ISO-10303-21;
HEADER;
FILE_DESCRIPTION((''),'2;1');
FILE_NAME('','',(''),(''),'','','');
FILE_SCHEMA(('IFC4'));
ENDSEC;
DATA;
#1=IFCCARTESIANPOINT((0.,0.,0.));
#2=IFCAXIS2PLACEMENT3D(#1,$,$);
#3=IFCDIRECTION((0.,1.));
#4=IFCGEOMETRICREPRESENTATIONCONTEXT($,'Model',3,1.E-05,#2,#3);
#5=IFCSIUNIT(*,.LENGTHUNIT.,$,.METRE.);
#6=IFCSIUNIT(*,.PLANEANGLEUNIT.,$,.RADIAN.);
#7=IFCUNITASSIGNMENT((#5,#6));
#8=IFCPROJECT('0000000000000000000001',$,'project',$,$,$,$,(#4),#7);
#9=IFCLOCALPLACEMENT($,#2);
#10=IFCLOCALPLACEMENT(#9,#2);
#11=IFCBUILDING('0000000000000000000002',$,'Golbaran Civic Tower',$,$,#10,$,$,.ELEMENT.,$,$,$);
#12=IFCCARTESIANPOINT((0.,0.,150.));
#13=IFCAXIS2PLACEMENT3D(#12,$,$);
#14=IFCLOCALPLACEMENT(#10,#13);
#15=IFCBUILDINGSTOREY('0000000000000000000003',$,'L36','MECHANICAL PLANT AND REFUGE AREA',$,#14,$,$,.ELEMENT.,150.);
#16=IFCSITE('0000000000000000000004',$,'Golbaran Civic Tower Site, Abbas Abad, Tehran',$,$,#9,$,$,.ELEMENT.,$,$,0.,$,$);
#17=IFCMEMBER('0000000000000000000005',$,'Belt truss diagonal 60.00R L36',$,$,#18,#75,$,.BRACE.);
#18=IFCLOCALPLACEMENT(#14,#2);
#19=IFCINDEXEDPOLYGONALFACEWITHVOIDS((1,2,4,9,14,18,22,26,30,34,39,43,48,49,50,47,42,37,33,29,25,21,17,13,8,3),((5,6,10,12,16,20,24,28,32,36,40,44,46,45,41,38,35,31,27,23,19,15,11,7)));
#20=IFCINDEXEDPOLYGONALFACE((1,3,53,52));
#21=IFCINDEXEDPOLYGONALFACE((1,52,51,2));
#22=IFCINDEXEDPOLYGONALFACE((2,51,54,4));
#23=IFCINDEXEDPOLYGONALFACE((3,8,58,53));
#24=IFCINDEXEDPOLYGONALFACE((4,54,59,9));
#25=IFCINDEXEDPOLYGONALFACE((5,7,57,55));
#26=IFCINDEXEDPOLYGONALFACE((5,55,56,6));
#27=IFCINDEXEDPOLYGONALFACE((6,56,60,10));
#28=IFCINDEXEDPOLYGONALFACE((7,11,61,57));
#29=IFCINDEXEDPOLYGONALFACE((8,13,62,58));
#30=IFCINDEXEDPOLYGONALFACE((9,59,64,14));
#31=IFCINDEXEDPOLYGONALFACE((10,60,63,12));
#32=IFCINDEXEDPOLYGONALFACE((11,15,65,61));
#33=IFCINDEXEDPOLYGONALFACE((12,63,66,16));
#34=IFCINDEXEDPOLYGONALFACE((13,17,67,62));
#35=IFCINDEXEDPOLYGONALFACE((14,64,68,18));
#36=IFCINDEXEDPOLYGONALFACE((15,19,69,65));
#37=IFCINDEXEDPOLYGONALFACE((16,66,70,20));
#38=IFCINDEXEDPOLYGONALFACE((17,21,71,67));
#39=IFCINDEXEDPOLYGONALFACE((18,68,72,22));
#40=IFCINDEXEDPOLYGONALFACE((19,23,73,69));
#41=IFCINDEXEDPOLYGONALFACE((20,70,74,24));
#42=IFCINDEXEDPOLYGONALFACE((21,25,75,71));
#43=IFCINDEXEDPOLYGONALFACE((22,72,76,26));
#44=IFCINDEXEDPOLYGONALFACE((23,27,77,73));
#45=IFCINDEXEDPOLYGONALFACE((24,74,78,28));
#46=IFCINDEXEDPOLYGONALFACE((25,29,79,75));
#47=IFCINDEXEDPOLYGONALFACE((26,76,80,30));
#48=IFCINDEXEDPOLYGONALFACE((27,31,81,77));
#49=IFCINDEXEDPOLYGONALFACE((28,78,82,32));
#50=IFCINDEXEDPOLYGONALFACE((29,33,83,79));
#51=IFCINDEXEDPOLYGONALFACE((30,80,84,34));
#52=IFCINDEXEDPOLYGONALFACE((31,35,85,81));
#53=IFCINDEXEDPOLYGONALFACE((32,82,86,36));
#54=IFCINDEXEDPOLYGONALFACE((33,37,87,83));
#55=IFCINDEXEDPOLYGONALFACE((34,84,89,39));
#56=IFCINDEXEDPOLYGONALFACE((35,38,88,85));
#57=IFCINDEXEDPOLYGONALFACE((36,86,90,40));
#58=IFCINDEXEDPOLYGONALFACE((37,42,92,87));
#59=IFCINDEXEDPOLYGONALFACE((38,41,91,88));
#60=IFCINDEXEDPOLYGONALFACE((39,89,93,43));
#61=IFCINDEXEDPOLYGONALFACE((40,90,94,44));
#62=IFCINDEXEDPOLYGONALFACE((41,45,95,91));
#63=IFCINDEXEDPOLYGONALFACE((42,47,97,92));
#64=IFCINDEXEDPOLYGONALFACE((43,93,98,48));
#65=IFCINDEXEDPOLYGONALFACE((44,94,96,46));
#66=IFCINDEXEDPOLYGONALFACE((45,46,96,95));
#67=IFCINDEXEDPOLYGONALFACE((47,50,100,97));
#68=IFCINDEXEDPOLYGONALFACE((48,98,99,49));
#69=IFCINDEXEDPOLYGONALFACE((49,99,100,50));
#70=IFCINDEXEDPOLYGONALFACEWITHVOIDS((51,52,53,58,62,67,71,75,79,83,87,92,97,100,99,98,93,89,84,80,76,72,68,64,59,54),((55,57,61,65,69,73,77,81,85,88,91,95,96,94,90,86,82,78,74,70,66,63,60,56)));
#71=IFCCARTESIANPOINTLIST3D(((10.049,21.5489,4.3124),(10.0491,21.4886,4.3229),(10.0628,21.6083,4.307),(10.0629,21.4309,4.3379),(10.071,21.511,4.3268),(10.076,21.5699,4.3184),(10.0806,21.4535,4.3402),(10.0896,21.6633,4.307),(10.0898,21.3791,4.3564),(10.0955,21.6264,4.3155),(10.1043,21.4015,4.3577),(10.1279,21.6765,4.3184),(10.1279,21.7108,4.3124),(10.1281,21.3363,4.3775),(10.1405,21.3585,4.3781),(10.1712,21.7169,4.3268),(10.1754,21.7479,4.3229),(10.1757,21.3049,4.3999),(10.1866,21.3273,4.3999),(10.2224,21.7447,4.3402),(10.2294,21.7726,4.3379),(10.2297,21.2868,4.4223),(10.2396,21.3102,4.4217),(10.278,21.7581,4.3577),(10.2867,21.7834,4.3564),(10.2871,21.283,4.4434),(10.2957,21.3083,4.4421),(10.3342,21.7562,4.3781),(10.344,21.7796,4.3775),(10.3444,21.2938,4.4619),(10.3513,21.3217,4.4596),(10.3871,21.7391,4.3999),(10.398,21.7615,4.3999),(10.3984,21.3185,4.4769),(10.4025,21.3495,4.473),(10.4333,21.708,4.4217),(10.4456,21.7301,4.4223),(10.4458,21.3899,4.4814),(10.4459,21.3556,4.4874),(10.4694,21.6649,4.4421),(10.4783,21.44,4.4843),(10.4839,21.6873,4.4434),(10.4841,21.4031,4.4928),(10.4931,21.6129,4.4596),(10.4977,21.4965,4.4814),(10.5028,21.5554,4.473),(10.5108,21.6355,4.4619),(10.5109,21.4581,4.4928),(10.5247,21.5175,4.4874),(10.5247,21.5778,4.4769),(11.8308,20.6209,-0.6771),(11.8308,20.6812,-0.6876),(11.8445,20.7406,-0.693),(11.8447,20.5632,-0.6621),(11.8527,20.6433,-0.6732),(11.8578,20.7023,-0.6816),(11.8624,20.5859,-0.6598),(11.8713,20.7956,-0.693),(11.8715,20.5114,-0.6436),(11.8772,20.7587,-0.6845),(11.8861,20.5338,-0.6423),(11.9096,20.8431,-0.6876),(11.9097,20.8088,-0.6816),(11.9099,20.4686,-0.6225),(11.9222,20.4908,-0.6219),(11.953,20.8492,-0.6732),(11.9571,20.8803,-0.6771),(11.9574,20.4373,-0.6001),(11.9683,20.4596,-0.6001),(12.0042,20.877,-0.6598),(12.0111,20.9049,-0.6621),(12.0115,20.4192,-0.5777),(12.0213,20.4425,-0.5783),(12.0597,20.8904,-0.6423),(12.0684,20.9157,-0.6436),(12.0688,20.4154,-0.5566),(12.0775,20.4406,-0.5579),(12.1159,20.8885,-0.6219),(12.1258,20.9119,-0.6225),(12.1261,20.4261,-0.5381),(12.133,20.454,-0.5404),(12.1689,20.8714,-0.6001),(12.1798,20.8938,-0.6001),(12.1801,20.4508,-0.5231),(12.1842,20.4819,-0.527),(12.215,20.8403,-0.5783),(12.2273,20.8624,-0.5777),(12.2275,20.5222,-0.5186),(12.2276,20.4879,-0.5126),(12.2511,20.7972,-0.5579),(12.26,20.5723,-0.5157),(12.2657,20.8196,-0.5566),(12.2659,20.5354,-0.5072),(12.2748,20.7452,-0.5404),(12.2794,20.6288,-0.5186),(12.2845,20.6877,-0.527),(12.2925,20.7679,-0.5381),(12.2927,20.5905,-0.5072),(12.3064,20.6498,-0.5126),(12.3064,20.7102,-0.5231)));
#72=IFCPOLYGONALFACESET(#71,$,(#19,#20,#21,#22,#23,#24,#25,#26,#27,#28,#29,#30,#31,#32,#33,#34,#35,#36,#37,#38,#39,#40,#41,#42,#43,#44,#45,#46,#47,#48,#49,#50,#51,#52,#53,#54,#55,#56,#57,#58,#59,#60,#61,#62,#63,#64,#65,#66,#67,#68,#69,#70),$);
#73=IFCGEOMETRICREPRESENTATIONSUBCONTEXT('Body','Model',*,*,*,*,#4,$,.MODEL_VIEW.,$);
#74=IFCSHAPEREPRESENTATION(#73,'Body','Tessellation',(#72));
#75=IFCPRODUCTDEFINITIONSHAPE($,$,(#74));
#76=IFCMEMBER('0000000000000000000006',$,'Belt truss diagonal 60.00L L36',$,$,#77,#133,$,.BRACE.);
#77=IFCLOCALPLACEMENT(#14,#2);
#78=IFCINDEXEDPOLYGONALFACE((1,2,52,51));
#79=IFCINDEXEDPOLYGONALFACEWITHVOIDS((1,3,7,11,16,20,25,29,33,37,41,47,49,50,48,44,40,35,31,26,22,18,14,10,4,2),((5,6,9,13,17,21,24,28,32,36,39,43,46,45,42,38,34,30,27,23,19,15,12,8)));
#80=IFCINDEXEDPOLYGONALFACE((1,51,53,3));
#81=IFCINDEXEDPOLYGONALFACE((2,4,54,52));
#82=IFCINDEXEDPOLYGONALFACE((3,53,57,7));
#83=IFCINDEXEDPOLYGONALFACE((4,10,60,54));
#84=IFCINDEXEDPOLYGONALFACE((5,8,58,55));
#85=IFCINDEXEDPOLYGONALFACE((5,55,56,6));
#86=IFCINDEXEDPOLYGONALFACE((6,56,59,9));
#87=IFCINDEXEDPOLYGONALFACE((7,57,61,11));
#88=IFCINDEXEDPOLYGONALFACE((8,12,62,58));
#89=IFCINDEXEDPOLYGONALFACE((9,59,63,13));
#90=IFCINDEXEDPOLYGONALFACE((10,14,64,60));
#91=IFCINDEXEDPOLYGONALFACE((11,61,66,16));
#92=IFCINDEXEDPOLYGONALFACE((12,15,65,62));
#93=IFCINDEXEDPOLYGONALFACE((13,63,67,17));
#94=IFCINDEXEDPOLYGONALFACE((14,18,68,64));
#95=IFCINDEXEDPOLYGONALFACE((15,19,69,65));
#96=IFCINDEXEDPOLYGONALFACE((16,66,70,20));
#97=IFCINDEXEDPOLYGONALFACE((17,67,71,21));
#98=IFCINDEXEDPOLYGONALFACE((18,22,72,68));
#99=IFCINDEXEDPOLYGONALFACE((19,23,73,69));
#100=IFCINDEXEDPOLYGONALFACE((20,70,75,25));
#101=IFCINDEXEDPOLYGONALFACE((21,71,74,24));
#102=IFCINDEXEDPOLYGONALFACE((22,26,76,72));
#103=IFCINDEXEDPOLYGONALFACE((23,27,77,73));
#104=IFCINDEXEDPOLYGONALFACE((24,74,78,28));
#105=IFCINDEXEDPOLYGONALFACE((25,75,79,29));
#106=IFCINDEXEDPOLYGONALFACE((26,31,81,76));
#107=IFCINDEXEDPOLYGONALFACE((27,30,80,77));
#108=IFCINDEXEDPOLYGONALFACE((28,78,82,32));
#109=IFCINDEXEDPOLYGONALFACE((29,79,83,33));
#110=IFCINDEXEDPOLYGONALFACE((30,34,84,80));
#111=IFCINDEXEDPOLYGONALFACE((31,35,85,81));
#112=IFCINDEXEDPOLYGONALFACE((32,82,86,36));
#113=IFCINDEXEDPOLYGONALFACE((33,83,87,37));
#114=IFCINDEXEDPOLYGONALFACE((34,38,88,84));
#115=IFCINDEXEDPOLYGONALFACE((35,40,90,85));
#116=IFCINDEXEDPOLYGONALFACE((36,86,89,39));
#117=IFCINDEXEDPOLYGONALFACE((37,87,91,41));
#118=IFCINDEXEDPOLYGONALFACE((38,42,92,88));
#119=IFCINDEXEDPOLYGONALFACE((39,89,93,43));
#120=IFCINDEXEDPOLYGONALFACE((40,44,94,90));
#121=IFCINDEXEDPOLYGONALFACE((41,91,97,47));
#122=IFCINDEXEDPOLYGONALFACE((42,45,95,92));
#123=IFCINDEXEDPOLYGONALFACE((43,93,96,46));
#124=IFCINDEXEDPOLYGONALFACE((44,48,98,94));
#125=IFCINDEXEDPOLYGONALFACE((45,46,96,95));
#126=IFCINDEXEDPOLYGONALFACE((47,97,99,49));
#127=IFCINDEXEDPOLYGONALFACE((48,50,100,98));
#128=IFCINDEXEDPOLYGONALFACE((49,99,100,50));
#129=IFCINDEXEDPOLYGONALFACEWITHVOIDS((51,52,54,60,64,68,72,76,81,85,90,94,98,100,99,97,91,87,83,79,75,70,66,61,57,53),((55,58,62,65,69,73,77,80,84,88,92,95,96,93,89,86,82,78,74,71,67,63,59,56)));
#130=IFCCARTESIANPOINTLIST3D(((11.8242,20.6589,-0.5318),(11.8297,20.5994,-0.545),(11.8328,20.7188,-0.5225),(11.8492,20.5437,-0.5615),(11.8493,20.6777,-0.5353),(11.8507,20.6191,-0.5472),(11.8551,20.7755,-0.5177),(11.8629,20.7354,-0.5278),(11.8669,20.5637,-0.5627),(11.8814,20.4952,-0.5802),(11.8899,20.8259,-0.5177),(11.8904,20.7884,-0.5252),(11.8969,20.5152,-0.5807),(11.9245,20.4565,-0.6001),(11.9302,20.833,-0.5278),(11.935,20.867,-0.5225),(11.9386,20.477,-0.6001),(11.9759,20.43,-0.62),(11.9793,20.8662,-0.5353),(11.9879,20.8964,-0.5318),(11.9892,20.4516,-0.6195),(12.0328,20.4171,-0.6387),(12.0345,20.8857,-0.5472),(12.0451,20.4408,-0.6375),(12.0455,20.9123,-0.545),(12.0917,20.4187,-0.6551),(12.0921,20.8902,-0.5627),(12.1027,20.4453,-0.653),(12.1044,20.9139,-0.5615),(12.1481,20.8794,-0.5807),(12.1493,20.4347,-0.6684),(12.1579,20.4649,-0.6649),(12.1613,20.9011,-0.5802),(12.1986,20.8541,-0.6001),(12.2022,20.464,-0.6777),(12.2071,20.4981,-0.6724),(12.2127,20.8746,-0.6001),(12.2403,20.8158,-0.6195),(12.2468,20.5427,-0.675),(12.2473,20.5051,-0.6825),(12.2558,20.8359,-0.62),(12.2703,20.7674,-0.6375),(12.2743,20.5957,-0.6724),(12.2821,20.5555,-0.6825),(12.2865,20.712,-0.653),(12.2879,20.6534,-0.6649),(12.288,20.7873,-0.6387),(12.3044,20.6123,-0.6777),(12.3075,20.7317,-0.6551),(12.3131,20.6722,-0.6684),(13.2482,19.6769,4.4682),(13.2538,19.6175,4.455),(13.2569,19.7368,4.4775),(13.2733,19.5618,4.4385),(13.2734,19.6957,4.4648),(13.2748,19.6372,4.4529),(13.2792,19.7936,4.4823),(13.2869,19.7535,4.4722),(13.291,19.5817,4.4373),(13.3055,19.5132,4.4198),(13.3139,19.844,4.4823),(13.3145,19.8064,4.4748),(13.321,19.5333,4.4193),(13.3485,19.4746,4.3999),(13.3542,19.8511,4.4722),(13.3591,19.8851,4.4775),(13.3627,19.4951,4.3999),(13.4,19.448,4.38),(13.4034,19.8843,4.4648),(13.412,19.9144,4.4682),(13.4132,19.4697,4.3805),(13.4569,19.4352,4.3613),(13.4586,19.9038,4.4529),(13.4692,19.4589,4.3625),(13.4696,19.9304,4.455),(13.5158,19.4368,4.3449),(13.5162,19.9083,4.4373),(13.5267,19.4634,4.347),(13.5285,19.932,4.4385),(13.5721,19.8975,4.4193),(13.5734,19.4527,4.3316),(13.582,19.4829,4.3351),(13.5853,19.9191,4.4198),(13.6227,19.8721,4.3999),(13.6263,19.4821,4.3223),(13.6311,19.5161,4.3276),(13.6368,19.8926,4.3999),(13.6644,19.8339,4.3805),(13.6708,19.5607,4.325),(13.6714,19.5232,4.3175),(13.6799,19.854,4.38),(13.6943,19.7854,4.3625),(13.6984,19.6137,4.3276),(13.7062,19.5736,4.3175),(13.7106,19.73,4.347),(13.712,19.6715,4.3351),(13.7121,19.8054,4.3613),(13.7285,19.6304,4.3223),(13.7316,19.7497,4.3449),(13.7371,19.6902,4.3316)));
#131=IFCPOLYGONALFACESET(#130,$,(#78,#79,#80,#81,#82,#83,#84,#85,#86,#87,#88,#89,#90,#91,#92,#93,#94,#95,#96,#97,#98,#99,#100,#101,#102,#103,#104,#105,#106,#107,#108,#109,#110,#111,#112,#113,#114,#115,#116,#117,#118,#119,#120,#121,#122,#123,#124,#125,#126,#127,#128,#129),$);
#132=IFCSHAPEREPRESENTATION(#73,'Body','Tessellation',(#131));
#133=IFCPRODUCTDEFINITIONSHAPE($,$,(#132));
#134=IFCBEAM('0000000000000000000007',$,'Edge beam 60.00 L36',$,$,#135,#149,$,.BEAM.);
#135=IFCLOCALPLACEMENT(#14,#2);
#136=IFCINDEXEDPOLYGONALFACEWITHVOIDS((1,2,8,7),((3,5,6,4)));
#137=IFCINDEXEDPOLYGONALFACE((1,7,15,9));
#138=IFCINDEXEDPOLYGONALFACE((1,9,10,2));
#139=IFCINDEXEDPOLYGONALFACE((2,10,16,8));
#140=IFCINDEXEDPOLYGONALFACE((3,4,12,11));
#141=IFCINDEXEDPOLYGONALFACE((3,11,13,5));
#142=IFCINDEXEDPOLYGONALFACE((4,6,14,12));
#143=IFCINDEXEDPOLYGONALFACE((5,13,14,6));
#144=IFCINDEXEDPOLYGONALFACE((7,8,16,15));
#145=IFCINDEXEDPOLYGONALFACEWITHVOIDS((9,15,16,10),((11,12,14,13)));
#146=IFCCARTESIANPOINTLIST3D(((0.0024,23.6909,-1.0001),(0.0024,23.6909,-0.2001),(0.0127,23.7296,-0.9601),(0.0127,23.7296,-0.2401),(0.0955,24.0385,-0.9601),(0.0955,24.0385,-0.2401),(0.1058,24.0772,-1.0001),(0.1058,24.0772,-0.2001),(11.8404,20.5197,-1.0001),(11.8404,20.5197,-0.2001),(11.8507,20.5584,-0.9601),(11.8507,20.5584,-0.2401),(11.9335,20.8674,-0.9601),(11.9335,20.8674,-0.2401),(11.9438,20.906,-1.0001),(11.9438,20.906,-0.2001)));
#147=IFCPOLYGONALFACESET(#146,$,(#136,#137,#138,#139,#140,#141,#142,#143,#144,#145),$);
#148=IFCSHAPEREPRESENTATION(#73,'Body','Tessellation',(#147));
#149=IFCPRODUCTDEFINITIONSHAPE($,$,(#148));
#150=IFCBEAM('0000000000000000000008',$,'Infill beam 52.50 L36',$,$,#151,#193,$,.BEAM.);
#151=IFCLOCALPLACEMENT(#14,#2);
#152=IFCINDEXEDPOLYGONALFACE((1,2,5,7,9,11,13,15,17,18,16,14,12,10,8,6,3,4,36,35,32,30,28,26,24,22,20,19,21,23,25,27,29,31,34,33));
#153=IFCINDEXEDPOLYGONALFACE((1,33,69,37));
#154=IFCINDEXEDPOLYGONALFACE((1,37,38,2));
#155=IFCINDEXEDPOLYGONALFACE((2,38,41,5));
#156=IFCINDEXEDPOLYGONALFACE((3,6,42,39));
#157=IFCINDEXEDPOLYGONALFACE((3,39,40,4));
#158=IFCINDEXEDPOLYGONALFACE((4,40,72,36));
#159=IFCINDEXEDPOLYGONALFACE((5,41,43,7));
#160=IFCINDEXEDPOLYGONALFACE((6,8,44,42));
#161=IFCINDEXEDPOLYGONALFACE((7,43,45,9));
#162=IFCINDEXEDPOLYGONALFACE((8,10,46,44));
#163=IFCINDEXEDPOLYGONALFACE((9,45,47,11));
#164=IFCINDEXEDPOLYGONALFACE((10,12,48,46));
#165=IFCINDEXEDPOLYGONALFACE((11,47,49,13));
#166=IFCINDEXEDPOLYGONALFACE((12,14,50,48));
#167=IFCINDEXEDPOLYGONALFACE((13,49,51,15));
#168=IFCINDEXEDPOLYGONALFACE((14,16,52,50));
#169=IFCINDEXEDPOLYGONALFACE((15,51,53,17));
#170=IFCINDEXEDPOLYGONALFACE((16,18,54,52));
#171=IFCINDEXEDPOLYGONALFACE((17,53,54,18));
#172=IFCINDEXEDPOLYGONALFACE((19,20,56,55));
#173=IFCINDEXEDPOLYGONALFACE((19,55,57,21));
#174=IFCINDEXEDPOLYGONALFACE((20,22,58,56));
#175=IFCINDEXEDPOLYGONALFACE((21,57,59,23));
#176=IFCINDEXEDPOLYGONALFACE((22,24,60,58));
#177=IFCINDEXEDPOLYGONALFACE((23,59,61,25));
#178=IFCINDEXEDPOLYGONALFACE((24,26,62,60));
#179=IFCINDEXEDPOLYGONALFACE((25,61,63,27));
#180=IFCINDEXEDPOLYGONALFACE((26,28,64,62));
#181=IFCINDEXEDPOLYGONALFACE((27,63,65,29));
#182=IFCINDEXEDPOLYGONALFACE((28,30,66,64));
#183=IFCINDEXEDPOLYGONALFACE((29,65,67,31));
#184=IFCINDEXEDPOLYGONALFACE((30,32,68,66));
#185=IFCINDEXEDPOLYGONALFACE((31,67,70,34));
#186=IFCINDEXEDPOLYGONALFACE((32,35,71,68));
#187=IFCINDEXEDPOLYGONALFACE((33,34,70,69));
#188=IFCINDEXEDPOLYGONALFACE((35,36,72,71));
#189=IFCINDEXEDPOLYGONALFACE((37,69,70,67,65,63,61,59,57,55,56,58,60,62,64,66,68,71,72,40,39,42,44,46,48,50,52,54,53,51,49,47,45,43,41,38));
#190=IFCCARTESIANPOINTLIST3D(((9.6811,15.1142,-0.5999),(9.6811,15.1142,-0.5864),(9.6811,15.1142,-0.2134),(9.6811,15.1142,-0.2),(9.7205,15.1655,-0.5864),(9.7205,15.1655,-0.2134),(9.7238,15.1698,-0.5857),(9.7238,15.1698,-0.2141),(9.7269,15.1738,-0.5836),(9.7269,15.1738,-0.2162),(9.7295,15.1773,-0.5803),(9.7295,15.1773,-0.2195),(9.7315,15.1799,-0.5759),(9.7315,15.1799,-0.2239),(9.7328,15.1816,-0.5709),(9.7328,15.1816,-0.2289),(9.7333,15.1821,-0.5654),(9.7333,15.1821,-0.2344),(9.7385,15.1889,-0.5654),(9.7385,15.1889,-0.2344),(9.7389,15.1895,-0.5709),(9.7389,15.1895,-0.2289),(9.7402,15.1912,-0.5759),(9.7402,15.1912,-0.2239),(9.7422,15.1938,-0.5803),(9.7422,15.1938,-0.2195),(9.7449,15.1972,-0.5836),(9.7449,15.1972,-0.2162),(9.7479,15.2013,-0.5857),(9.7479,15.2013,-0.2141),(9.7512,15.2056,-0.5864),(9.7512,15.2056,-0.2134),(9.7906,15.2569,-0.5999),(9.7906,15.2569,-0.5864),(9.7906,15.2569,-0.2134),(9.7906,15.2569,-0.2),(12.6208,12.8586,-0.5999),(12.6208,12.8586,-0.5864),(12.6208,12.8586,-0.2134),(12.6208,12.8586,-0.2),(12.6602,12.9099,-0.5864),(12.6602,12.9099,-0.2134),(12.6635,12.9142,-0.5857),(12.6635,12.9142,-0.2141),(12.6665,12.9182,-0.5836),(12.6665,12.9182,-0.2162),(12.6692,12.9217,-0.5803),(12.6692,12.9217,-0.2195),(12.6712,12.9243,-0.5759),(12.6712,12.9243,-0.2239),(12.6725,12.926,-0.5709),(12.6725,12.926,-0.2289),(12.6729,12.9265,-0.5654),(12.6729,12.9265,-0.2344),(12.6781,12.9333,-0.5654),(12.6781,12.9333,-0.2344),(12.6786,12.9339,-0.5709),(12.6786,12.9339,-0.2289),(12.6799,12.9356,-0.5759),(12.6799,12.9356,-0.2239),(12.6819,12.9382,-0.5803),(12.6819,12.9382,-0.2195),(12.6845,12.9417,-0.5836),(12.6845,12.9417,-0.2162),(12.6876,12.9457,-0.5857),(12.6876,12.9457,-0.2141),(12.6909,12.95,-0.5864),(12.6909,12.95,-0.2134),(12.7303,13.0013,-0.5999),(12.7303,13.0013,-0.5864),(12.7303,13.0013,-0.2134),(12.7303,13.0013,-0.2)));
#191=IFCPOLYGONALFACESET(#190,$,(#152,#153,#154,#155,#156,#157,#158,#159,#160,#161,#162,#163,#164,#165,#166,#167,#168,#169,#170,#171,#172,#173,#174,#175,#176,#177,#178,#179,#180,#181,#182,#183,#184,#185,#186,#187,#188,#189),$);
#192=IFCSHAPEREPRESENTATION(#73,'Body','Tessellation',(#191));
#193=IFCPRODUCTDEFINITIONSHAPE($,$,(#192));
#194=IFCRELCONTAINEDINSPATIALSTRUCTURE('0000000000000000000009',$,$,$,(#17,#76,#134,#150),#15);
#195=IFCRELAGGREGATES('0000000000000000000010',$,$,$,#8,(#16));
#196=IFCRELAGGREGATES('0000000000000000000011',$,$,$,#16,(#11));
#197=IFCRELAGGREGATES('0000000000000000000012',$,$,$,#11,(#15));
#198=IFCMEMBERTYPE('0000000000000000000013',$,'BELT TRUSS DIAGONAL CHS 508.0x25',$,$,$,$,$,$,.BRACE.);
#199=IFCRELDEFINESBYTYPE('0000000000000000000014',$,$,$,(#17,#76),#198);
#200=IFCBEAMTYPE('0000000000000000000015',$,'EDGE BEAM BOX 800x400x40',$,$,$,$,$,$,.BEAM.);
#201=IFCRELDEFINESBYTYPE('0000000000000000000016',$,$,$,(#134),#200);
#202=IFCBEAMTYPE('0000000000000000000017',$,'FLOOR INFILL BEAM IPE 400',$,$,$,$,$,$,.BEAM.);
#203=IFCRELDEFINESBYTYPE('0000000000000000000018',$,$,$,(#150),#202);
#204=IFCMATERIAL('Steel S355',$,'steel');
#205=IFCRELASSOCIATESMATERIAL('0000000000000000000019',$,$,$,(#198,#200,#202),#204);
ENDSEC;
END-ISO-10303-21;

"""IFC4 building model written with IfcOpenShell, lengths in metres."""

from ifc_helpers import new_model, si_unit, direction, frame, origin, origin_2d, place, context, subcontext, project, spatial, hollow_rectangle, hollow_circle, i_section, extrude, material, material_profile, profile_set, type_object, element, save


model = new_model("IFC4")

# Units and contexts
model_context = context("Model", 3, precision=1e-05, world=origin(), true_north=direction((0.0, 1.0)))
body_context = subcontext(model_context, "Body", "Model", "MODEL_VIEW")
ifc_project = project(units=[si_unit("LENGTHUNIT", "METRE"), si_unit("PLANEANGLEUNIT", "RADIAN")], contexts=[model_context])

# Site, building, storey
site_placement = place(None, origin())
site = spatial("IfcSite", under=ifc_project, at=site_placement, Name="Golbaran Civic Tower Site, Abbas Abad, Tehran", CompositionType="ELEMENT", RefElevation=0.0)
building_placement = place(site_placement, origin())
building = spatial("IfcBuilding", under=site, at=building_placement, Name="Golbaran Civic Tower", CompositionType="ELEMENT")
storey_placement = place(building_placement, frame((0.0, 0.0, 150.0)))
storey = spatial("IfcBuildingStorey", under=building, at=storey_placement, Name="L36", Description="MECHANICAL PLANT AND REFUGE AREA", CompositionType="ELEMENT", Elevation=150.0)

# Members
ifc_material_1 = material(Name="Steel S355", Category="steel")
ifc_material_profile_1 = material_profile(ifc_material_1, hollow_circle(Radius=0.2539, WallThickness=0.0249, at=origin_2d()), Name="CHS 508.0x25")
ifc_profile_set_1 = profile_set([ifc_material_profile_1], Name="Steel S355")
member_type_1 = type_object("IfcMemberType", Name="BELT TRUSS DIAGONAL CHS 508.0x25", PredefinedType="BRACE", material=ifc_profile_set_1)
member_1_placement = place(storey_placement, frame((12.0686, 20.6655, -0.6001), z_axis=(-0.331275, 0.161325, 0.92964), x_axis=(-0.437826, -0.89906, 0.0)))
element("IfcMember", 1, at=member_1_placement, inside=storey, type_object=member_type_1, Name="Belt truss diagonal 60.00R L36", PredefinedType="BRACE", context=body_context, shape_type="SweptSolid", body=[
    extrude(hollow_circle(Radius=0.2539, WallThickness=0.0249, at=origin_2d()), origin(), (0.0, 0.0, 1.0), 5.3784),
])
member_2_placement = place(storey_placement, frame((12.0686, 20.6655, -0.6001), z_axis=(0.269162, -0.185594, 0.945043), x_axis=(0.56766, 0.823263, 0.0)))
element("IfcMember", 2, at=member_2_placement, inside=storey, type_object=member_type_1, Name="Belt truss diagonal 60.00L L36", PredefinedType="BRACE", context=body_context, shape_type="SweptSolid", body=[
    extrude(hollow_circle(Radius=0.2539, WallThickness=0.0249, at=origin_2d()), origin(), (0.0, 0.0, 1.0), 5.2908),
])

# Beams
ifc_material_profile_2 = material_profile(ifc_material_1, hollow_rectangle(XDim=0.3999, YDim=0.8, WallThickness=0.04, at=origin_2d()), Name="BOX 800x400x40")
ifc_profile_set_2 = profile_set([ifc_material_profile_2], Name="Steel S355")
beam_type_1 = type_object("IfcBeamType", Name="EDGE BEAM BOX 800x400x40", PredefinedType="BEAM", material=ifc_profile_set_2)
beam_1_placement = place(storey_placement, frame((11.8921, 20.7129, -0.6001), z_axis=(-0.965942, 0.258757, 0.0), x_axis=(-0.258757, -0.965942, 0.0)))
element("IfcBeam", 3, at=beam_1_placement, inside=storey, type_object=beam_type_1, Name="Edge beam 60.00 L36", PredefinedType="BEAM", context=body_context, shape_type="SweptSolid", body=[
    extrude(hollow_rectangle(XDim=0.3999, YDim=0.8, WallThickness=0.04, at=origin_2d()), origin(), (0.0, 0.0, 1.0), 12.2554),
])
ifc_material_profile_3 = material_profile(ifc_material_1, i_section(OverallWidth=0.1799, OverallDepth=0.3999, WebThickness=0.0085, FlangeThickness=0.0134, FilletRadius=0.021, at=origin_2d()), Name="IPE 400")
ifc_profile_set_3 = profile_set([ifc_material_profile_3], Name="Steel S355")
beam_type_2 = type_object("IfcBeamType", Name="FLOOR INFILL BEAM IPE 400", PredefinedType="BEAM", material=ifc_profile_set_3)
beam_2_placement = place(storey_placement, frame((12.6755, 12.9299, -0.3999), z_axis=(-0.793366, 0.608745, 0.0), x_axis=(-0.608745, -0.793366, 0.0)))
element("IfcBeam", 4, at=beam_2_placement, inside=storey, type_object=beam_type_2, Name="Infill beam 52.50 L36", PredefinedType="BEAM", context=body_context, shape_type="SweptSolid", body=[
    extrude(i_section(OverallWidth=0.1799, OverallDepth=0.3999, WebThickness=0.0085, FlangeThickness=0.0134, FilletRadius=0.021, at=origin_2d()), origin(), (0.0, 0.0, 1.0), 3.7053),
])

save(model, "model.ifc")
